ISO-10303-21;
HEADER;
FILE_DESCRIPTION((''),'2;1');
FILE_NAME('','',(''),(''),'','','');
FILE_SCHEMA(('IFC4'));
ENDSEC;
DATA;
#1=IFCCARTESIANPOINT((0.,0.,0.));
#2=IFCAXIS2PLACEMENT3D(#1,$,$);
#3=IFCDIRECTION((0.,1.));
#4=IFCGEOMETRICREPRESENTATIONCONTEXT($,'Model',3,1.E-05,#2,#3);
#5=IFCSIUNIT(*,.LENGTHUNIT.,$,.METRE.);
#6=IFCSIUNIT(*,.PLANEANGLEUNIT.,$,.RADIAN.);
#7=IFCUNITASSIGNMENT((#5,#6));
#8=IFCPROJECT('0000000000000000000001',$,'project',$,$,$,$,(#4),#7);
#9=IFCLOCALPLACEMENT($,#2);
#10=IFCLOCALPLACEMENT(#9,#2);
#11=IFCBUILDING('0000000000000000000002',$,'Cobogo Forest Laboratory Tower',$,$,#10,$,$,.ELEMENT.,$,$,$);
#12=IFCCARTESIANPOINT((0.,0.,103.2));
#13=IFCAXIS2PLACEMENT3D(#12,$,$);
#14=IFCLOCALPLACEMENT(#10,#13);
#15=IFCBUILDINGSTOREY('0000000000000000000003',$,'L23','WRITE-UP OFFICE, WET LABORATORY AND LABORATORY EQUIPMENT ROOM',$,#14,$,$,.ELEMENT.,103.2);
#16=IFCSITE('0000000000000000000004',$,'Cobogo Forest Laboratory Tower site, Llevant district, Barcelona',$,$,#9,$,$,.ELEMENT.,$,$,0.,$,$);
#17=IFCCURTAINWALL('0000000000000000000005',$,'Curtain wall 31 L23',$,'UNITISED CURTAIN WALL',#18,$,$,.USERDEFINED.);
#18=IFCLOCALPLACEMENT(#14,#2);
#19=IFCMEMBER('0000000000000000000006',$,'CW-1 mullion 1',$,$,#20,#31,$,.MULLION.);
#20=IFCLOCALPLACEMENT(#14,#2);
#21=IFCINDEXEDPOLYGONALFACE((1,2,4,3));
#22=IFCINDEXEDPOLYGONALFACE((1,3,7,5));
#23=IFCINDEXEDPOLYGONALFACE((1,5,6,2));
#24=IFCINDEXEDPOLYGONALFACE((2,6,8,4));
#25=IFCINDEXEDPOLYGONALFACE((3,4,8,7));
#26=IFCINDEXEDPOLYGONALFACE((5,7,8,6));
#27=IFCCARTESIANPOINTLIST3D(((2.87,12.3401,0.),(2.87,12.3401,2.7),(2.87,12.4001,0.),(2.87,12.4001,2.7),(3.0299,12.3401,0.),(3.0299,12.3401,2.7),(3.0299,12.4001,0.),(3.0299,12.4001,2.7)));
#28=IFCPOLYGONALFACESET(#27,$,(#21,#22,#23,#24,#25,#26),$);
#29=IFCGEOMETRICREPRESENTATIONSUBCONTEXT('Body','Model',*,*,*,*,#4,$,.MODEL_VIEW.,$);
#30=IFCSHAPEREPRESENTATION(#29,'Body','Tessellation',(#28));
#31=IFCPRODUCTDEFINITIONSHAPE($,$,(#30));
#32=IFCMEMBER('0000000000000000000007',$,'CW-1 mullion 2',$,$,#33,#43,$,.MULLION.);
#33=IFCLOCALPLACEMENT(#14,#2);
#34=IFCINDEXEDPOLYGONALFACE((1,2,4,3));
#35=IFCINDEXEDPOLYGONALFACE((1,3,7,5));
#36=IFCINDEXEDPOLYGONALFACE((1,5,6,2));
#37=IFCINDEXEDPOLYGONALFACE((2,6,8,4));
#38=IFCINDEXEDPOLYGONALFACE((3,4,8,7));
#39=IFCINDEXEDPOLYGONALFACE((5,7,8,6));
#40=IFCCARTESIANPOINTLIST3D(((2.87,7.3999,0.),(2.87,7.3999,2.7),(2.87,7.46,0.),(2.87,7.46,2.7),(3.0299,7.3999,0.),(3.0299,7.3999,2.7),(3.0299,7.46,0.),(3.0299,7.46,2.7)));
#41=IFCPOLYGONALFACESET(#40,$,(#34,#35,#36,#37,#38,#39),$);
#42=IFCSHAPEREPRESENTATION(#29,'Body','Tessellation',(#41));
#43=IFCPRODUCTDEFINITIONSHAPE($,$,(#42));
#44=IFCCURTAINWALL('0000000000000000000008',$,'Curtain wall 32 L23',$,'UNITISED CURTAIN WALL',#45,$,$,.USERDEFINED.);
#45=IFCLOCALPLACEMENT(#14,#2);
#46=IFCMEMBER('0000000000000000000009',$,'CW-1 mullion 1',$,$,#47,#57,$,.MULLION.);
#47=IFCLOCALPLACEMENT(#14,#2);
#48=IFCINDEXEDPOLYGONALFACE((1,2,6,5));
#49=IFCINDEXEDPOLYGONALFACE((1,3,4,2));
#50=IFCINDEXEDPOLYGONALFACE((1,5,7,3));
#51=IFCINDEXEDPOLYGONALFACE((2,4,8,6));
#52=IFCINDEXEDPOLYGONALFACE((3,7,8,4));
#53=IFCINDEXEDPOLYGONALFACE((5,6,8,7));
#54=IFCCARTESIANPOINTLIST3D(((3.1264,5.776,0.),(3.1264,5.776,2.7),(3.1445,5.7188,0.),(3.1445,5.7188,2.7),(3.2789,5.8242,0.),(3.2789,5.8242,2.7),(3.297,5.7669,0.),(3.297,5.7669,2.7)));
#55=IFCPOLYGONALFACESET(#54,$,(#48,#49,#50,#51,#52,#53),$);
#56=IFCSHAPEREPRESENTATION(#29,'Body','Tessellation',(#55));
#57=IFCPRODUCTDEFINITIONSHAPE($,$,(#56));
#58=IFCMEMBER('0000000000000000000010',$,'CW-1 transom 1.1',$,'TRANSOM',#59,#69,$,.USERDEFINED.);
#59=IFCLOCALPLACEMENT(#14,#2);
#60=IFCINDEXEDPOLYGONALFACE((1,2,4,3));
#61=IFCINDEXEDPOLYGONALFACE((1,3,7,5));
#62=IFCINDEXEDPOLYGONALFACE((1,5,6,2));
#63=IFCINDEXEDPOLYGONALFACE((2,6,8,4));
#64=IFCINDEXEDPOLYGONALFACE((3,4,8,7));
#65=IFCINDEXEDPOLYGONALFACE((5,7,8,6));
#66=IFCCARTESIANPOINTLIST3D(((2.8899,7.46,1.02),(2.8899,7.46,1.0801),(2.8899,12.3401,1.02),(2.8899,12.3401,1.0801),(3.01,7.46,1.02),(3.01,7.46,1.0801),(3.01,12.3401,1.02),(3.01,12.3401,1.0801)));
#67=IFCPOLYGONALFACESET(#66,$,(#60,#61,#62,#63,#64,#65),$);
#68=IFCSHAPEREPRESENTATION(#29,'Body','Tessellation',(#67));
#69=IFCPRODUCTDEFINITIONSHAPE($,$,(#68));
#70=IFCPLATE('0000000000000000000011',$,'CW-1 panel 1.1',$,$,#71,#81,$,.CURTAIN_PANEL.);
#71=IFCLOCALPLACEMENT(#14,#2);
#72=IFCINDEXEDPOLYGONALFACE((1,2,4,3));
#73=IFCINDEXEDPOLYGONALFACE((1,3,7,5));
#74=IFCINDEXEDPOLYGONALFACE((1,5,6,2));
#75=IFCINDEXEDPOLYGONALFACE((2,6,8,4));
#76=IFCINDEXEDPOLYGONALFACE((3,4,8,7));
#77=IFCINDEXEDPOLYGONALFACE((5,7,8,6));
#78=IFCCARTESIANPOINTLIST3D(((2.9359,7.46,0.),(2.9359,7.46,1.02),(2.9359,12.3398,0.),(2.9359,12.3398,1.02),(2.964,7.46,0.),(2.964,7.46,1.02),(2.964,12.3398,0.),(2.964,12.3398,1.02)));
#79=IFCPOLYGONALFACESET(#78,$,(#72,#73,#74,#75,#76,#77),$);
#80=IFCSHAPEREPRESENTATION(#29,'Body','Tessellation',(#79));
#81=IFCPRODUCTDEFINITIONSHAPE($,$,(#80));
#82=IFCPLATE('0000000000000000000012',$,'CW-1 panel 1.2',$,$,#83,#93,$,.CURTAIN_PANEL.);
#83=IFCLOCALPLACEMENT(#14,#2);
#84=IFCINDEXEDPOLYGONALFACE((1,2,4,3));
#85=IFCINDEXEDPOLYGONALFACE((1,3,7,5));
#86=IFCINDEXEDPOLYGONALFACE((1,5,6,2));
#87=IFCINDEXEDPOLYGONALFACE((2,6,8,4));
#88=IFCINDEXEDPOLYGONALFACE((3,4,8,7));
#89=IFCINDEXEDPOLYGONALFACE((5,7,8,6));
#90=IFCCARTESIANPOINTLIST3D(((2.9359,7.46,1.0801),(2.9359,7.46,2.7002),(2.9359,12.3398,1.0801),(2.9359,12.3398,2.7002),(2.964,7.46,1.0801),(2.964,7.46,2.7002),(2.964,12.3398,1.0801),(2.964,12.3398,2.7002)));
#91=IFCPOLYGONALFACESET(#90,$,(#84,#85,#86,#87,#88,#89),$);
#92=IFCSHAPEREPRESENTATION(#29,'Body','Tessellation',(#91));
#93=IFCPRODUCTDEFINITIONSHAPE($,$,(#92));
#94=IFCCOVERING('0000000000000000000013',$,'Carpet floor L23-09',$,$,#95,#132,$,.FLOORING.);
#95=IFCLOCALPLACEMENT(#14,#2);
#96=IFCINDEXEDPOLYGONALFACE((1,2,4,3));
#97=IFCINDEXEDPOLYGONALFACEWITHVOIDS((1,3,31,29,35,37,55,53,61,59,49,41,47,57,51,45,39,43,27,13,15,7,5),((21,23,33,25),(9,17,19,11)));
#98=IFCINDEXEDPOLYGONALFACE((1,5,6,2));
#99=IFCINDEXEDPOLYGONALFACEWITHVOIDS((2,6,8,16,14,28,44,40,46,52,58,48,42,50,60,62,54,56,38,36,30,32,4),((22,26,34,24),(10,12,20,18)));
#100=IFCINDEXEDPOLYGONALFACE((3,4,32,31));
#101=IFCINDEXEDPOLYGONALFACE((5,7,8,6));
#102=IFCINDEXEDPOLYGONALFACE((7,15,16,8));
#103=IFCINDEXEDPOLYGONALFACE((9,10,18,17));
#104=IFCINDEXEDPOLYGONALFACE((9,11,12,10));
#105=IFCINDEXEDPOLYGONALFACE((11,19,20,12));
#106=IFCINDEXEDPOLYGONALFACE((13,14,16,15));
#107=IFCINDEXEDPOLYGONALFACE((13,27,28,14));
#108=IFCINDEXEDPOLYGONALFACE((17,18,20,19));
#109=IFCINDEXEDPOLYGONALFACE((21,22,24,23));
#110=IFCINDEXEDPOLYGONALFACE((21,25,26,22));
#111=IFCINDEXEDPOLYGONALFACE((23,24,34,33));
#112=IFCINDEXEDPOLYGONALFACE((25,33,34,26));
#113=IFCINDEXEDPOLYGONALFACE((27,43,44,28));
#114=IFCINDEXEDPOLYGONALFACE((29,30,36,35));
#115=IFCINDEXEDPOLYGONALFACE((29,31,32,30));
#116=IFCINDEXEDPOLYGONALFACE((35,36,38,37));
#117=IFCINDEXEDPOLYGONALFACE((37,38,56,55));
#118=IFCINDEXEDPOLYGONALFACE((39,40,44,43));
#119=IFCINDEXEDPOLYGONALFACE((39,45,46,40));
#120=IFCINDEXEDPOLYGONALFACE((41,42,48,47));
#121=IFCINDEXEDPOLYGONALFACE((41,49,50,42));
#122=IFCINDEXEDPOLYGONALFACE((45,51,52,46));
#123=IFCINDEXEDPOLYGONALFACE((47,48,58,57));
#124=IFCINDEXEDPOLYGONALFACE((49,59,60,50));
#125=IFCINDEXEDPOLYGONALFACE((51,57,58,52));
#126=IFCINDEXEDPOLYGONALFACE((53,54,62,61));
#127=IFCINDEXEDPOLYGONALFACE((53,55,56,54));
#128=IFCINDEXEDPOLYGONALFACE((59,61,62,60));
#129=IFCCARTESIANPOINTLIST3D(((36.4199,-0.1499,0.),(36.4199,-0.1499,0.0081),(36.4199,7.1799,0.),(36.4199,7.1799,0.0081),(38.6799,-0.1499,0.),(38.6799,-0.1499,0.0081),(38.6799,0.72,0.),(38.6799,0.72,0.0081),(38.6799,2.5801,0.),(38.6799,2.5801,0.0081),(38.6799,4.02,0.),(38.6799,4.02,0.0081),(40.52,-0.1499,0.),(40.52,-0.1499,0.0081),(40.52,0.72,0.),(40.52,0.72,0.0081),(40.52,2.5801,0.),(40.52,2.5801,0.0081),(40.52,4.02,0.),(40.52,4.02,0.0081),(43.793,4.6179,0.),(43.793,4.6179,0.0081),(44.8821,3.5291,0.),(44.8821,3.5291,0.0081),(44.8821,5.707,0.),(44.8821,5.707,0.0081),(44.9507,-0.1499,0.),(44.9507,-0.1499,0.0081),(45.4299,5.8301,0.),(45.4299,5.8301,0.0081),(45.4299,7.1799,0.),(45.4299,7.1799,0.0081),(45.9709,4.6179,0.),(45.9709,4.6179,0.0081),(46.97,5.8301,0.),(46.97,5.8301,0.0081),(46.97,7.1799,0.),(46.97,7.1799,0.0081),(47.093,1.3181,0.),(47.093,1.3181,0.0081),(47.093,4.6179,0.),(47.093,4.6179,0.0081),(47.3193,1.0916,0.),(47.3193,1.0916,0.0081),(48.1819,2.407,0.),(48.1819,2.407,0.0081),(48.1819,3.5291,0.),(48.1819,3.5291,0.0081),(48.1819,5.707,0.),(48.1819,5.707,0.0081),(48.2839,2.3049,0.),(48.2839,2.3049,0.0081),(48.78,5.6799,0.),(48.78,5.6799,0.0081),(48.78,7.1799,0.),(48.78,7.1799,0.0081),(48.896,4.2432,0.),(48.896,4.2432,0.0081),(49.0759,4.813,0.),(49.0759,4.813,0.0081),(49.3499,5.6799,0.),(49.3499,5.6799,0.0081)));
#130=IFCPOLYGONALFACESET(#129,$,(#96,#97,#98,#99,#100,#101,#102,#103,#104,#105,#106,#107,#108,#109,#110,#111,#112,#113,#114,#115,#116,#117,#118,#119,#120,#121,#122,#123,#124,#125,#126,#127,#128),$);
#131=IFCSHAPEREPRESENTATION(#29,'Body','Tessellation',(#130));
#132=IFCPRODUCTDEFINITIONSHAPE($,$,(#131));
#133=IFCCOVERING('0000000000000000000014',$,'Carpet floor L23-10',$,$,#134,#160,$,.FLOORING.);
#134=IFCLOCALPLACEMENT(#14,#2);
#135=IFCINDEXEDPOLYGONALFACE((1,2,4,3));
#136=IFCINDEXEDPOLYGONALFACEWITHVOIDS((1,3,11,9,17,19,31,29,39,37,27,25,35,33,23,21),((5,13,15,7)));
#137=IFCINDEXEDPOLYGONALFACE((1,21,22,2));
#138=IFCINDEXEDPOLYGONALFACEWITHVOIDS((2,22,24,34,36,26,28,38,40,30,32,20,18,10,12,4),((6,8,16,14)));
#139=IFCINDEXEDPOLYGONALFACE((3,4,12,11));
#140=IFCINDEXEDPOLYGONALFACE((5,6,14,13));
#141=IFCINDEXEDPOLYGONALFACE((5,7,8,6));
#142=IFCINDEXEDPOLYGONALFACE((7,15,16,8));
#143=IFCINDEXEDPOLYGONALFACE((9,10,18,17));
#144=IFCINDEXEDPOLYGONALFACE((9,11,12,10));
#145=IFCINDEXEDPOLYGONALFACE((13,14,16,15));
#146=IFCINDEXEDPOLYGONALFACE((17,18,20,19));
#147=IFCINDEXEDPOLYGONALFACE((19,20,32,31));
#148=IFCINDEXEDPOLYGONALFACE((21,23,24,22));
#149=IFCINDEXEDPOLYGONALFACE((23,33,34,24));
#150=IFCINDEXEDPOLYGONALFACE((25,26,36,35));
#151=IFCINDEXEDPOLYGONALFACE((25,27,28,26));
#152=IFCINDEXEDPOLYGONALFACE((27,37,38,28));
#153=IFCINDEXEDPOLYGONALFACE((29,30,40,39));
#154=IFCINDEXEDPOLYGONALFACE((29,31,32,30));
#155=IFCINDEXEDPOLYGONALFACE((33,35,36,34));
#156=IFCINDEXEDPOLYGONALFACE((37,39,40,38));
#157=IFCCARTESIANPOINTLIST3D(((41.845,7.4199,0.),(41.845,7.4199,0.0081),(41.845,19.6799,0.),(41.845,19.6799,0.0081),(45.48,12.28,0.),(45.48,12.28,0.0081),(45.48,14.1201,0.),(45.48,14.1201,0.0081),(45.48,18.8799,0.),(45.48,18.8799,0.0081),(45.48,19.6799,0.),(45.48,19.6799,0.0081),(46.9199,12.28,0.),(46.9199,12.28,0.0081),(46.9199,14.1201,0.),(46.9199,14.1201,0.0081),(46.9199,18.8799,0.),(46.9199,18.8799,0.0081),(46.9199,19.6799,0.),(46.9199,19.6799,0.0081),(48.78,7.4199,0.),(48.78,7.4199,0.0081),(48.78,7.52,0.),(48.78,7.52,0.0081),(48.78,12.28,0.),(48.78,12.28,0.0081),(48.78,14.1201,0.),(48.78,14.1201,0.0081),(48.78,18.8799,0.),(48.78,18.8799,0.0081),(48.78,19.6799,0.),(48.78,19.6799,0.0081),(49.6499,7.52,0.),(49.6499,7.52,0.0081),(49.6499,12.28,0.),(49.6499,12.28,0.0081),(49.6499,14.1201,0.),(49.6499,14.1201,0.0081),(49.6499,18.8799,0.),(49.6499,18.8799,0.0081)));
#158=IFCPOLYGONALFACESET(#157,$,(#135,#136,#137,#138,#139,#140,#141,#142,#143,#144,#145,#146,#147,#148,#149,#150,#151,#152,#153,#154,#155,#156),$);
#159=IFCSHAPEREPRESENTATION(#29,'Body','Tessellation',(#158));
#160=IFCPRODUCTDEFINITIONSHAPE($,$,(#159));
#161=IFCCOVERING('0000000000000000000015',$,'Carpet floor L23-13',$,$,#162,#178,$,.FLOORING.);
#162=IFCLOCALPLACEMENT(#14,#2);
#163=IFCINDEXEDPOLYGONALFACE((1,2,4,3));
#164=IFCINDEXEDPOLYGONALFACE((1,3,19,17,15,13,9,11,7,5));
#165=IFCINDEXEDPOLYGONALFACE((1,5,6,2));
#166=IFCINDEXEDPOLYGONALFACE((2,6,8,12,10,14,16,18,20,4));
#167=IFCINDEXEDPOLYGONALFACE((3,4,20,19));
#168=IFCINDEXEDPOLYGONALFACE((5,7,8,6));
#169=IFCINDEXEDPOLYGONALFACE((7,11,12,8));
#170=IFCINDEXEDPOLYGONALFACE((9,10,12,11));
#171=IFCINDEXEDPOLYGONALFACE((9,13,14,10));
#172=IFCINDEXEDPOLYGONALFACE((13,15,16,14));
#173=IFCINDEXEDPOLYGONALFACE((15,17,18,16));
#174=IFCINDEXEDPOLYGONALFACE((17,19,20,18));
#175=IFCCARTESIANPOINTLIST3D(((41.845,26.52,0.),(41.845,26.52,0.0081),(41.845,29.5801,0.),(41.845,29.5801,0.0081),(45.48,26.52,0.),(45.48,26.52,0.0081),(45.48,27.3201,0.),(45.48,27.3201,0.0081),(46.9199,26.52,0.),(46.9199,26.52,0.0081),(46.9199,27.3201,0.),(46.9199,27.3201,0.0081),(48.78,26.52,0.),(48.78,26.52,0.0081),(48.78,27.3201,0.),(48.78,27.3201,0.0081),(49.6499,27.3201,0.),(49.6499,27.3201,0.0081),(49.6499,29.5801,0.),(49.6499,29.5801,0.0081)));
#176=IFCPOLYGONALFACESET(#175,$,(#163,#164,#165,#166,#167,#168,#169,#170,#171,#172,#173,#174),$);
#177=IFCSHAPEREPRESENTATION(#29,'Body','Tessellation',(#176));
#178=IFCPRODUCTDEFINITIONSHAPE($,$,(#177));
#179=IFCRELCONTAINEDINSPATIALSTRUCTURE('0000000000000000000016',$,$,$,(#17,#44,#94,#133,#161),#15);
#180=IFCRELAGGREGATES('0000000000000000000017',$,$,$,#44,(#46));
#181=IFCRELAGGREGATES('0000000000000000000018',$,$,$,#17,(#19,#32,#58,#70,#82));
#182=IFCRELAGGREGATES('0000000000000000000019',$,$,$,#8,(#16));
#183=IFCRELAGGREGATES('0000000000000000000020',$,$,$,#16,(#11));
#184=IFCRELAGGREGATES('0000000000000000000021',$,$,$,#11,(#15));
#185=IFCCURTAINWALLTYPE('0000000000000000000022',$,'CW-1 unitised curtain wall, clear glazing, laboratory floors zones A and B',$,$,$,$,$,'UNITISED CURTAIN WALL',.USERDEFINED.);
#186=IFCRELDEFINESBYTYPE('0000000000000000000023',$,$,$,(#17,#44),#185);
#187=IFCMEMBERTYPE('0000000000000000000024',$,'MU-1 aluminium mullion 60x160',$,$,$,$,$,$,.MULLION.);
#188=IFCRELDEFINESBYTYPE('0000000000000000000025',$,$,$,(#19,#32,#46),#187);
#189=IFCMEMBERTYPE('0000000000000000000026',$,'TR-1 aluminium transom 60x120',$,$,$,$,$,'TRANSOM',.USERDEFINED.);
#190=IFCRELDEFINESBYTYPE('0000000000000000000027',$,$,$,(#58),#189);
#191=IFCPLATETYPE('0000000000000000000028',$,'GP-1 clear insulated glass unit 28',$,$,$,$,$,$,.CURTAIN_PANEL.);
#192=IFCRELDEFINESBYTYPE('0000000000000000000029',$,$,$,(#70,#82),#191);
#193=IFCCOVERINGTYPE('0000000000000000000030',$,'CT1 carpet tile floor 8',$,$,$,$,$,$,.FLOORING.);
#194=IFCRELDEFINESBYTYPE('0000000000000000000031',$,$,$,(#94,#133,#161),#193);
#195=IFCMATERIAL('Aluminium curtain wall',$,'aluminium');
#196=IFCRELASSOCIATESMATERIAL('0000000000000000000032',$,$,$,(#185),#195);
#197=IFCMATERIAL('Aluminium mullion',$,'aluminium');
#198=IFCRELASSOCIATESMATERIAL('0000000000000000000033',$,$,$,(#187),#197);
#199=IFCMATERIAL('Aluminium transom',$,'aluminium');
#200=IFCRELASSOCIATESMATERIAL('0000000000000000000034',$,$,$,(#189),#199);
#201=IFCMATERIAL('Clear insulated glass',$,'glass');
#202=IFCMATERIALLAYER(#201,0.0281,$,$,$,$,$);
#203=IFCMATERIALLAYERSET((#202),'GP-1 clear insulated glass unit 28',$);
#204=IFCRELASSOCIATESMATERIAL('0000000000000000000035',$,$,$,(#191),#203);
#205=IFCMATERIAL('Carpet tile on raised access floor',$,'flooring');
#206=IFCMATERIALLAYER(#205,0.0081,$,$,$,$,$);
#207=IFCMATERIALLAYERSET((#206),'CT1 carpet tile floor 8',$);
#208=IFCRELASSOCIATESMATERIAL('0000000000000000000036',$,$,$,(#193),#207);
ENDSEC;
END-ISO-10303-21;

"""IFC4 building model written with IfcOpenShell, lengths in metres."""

from ifc_helpers import new_model, si_unit, direction, frame, origin, origin_2d, place, context, subcontext, project, spatial, polyline, rectangle, outline, extrude, material, layer, layer_set, material_profile, profile_set, type_object, element, aggregate, save


model = new_model("IFC4")

# Units and contexts
model_context = context("Model", 3, precision=1e-05, world=origin(), true_north=direction((0.0, 1.0)))
body_context = subcontext(model_context, "Body", "Model", "MODEL_VIEW")
ifc_project = project(units=[si_unit("LENGTHUNIT", "METRE"), si_unit("PLANEANGLEUNIT", "RADIAN")], contexts=[model_context])

# Site, building, storey
site_placement = place(None, origin())
site = spatial("IfcSite", under=ifc_project, at=site_placement, Name="Cobogo Forest Laboratory Tower site, Llevant district, Barcelona", CompositionType="ELEMENT", RefElevation=0.0)
building_placement = place(site_placement, origin())
building = spatial("IfcBuilding", under=site, at=building_placement, Name="Cobogo Forest Laboratory Tower", CompositionType="ELEMENT")
storey_placement = place(building_placement, frame((0.0, 0.0, 103.2)))
storey = spatial("IfcBuildingStorey", under=building, at=storey_placement, Name="L23", Description="WRITE-UP OFFICE, WET LABORATORY AND LABORATORY EQUIPMENT ROOM", CompositionType="ELEMENT", Elevation=103.2)

# Curtain wall, members
ifc_material_1 = material(Name="Aluminium curtain wall", Category="aluminium")
curtain_wall_type = type_object("IfcCurtainWallType", Name="CW-1 unitised curtain wall, clear glazing, laboratory floors zones A and B", ElementType="UNITISED CURTAIN WALL", PredefinedType="USERDEFINED", material=ifc_material_1)
curtain_wall_1_placement = place(storey_placement, origin())
curtain_wall_1 = element("IfcCurtainWall", 1, at=curtain_wall_1_placement, inside=storey, type_object=curtain_wall_type, Name="Curtain wall 31 L23", ObjectType="UNITISED CURTAIN WALL", PredefinedType="USERDEFINED")
ifc_material_2 = material(Name="Aluminium mullion", Category="aluminium")
ifc_material_profile_1 = material_profile(ifc_material_2, rectangle(XDim=0.0601, YDim=0.1599, at=origin_2d()), Name="AL 60x160")
ifc_profile_set_1 = profile_set([ifc_material_profile_1], Name="Aluminium mullion")
member_type_1 = type_object("IfcMemberType", Name="MU-1 aluminium mullion 60x160", PredefinedType="MULLION", material=ifc_profile_set_1)
member_1_placement = place(storey_placement, frame((2.95, 12.3701, 0.0), z_axis=(0.0, 0.0, 1.0), x_axis=(0.0, -1.0, 0.0)))
member_1 = element("IfcMember", 2, at=member_1_placement, type_object=member_type_1, Name="CW-1 mullion 1", PredefinedType="MULLION", context=body_context, shape_type="SweptSolid", body=[
    extrude(rectangle(XDim=0.0601, YDim=0.1599, at=origin_2d()), origin(), (0.0, 0.0, 1.0), 2.7),
])
member_2_placement = place(storey_placement, frame((2.95, 7.4299, 0.0), z_axis=(0.0, 0.0, 1.0), x_axis=(0.0, -1.0, 0.0)))
member_2 = element("IfcMember", 3, at=member_2_placement, type_object=member_type_1, Name="CW-1 mullion 2", PredefinedType="MULLION", context=body_context, shape_type="SweptSolid", body=[
    extrude(rectangle(XDim=0.0601, YDim=0.1599, at=origin_2d()), origin(), (0.0, 0.0, 1.0), 2.7),
])

# Curtain wall, member
curtain_wall_2_placement = place(storey_placement, origin())
curtain_wall_2 = element("IfcCurtainWall", 4, at=curtain_wall_2_placement, inside=storey, type_object=curtain_wall_type, Name="Curtain wall 32 L23", ObjectType="UNITISED CURTAIN WALL", PredefinedType="USERDEFINED")
member_3_placement = place(storey_placement, frame((3.2117, 5.7715, 0.0), z_axis=(0.0, 0.0, 1.0), x_axis=(0.301136, -0.953581, 0.0)))
member_3 = element("IfcMember", 5, at=member_3_placement, type_object=member_type_1, Name="CW-1 mullion 1", PredefinedType="MULLION", context=body_context, shape_type="SweptSolid", body=[
    extrude(rectangle(XDim=0.0601, YDim=0.1599, at=origin_2d()), origin(), (0.0, 0.0, 1.0), 2.7),
])
aggregate(curtain_wall_2, [member_3])

# Member
ifc_material_3 = material(Name="Aluminium transom", Category="aluminium")
ifc_material_profile_2 = material_profile(ifc_material_3, rectangle(XDim=0.1201, YDim=0.0601, at=origin_2d()), Name="AL 60x120")
ifc_profile_set_2 = profile_set([ifc_material_profile_2], Name="Aluminium transom")
member_type_2 = type_object("IfcMemberType", Name="TR-1 aluminium transom 60x120", ElementType="TRANSOM", PredefinedType="USERDEFINED", material=ifc_profile_set_2)
member_4_placement = place(storey_placement, frame((2.95, 12.3401, 1.05), z_axis=(0.0, -1.0, 0.0), x_axis=(1.0, 0.0, 0.0)))
member_4 = element("IfcMember", 6, at=member_4_placement, type_object=member_type_2, Name="CW-1 transom 1.1", ObjectType="TRANSOM", PredefinedType="USERDEFINED", context=body_context, shape_type="SweptSolid", body=[
    extrude(rectangle(XDim=0.1201, YDim=0.0601, at=origin_2d()), origin(), (0.0, 0.0, 1.0), 4.8801),
])

# Plates
ifc_material_4 = material(Name="Clear insulated glass", Category="glass")
ifc_layer_1 = layer(ifc_material_4, 0.0281)
ifc_layer_set_1 = layer_set([ifc_layer_1], Name="GP-1 clear insulated glass unit 28")
plate_type_1 = type_object("IfcPlateType", Name="GP-1 clear insulated glass unit 28", PredefinedType="CURTAIN_PANEL", material=ifc_layer_set_1)
plate_1_placement = place(storey_placement, frame((2.95, 9.8999, 0.0), z_axis=(0.0, 0.0, 1.0), x_axis=(0.0, -1.0, 0.0)))
plate_1 = element("IfcPlate", 7, at=plate_1_placement, type_object=plate_type_1, Name="CW-1 panel 1.1", PredefinedType="CURTAIN_PANEL", context=body_context, shape_type="SweptSolid", body=[
    extrude(rectangle(XDim=4.8799, YDim=0.0281, at=origin_2d()), origin(), (0.0, 0.0, 1.0), 1.02),
])
plate_2_placement = place(storey_placement, frame((2.95, 9.8999, 1.0801), z_axis=(0.0, 0.0, 1.0), x_axis=(0.0, -1.0, 0.0)))
plate_2 = element("IfcPlate", 8, at=plate_2_placement, type_object=plate_type_1, Name="CW-1 panel 1.2", PredefinedType="CURTAIN_PANEL", context=body_context, shape_type="SweptSolid", body=[
    extrude(rectangle(XDim=4.8799, YDim=0.0281, at=origin_2d()), origin(), (0.0, 0.0, 1.0), 1.6201),
])
aggregate(curtain_wall_1, [member_1, member_2, member_4, plate_1, plate_2])

# Coverings
ifc_material_5 = material(Name="Carpet tile on raised access floor", Category="flooring")
ifc_layer_2 = layer(ifc_material_5, 0.0081)
ifc_layer_set_2 = layer_set([ifc_layer_2], Name="CT1 carpet tile floor 8")
covering_type_1 = type_object("IfcCoveringType", Name="CT1 carpet tile floor 8", PredefinedType="FLOORING", material=ifc_layer_set_2)
covering_1_placement = place(storey_placement, origin())
element("IfcCovering", 9, at=covering_1_placement, inside=storey, type_object=covering_type_1, Name="Carpet floor L23-09", PredefinedType="FLOORING", context=body_context, shape_type="SweptSolid", body=[
    extrude(outline(polyline([(45.4299, 5.8301), (46.97, 5.8301), (46.97, 7.1799), (48.78, 7.1799), (48.78, 5.6799), (49.3499, 5.6799), (49.0759, 4.813), (48.1819, 5.707), (47.093, 4.6179), (48.1819, 3.5291), (48.896, 4.2432), (48.2839, 2.3049), (48.1819, 2.407), (47.093, 1.3181), (47.3193, 1.0916), (44.9507, -0.1499), (40.52, -0.1499), (40.52, 0.72), (38.6799, 0.72), (38.6799, -0.1499), (36.4199, -0.1499), (36.4199, 7.1799), (45.4299, 7.1799), (45.4299, 5.8301)]), holes=[polyline([(43.793, 4.6179), (44.8821, 3.5291), (45.9709, 4.6179), (44.8821, 5.707), (43.793, 4.6179)]), polyline([(38.6799, 4.02), (38.6799, 2.5801), (40.52, 2.5801), (40.52, 4.02), (38.6799, 4.02)])]), origin(), (0.0, 0.0, 1.0), 0.0081),
])
covering_2_placement = place(storey_placement, origin())
element("IfcCovering", 10, at=covering_2_placement, inside=storey, type_object=covering_type_1, Name="Carpet floor L23-10", PredefinedType="FLOORING", context=body_context, shape_type="SweptSolid", body=[
    extrude(outline(polyline([(41.845, 19.6799), (45.48, 19.6799), (45.48, 18.8799), (46.9199, 18.8799), (46.9199, 19.6799), (48.78, 19.6799), (48.78, 18.8799), (49.6499, 18.8799), (49.6499, 14.1201), (48.78, 14.1201), (48.78, 12.28), (49.6499, 12.28), (49.6499, 7.52), (48.78, 7.52), (48.78, 7.4199), (41.845, 7.4199), (41.845, 19.6799)]), holes=[polyline([(45.48, 12.28), (46.9199, 12.28), (46.9199, 14.1201), (45.48, 14.1201), (45.48, 12.28)])]), origin(), (0.0, 0.0, 1.0), 0.0081),
])
covering_3_placement = place(storey_placement, origin())
element("IfcCovering", 11, at=covering_3_placement, inside=storey, type_object=covering_type_1, Name="Carpet floor L23-13", PredefinedType="FLOORING", context=body_context, shape_type="SweptSolid", body=[
    extrude(outline(polyline([(41.845, 29.5801), (49.6499, 29.5801), (49.6499, 27.3201), (48.78, 27.3201), (48.78, 26.52), (46.9199, 26.52), (46.9199, 27.3201), (45.48, 27.3201), (45.48, 26.52), (41.845, 26.52), (41.845, 29.5801)])), origin(), (0.0, 0.0, 1.0), 0.0081),
])

save(model, "model.ifc")
